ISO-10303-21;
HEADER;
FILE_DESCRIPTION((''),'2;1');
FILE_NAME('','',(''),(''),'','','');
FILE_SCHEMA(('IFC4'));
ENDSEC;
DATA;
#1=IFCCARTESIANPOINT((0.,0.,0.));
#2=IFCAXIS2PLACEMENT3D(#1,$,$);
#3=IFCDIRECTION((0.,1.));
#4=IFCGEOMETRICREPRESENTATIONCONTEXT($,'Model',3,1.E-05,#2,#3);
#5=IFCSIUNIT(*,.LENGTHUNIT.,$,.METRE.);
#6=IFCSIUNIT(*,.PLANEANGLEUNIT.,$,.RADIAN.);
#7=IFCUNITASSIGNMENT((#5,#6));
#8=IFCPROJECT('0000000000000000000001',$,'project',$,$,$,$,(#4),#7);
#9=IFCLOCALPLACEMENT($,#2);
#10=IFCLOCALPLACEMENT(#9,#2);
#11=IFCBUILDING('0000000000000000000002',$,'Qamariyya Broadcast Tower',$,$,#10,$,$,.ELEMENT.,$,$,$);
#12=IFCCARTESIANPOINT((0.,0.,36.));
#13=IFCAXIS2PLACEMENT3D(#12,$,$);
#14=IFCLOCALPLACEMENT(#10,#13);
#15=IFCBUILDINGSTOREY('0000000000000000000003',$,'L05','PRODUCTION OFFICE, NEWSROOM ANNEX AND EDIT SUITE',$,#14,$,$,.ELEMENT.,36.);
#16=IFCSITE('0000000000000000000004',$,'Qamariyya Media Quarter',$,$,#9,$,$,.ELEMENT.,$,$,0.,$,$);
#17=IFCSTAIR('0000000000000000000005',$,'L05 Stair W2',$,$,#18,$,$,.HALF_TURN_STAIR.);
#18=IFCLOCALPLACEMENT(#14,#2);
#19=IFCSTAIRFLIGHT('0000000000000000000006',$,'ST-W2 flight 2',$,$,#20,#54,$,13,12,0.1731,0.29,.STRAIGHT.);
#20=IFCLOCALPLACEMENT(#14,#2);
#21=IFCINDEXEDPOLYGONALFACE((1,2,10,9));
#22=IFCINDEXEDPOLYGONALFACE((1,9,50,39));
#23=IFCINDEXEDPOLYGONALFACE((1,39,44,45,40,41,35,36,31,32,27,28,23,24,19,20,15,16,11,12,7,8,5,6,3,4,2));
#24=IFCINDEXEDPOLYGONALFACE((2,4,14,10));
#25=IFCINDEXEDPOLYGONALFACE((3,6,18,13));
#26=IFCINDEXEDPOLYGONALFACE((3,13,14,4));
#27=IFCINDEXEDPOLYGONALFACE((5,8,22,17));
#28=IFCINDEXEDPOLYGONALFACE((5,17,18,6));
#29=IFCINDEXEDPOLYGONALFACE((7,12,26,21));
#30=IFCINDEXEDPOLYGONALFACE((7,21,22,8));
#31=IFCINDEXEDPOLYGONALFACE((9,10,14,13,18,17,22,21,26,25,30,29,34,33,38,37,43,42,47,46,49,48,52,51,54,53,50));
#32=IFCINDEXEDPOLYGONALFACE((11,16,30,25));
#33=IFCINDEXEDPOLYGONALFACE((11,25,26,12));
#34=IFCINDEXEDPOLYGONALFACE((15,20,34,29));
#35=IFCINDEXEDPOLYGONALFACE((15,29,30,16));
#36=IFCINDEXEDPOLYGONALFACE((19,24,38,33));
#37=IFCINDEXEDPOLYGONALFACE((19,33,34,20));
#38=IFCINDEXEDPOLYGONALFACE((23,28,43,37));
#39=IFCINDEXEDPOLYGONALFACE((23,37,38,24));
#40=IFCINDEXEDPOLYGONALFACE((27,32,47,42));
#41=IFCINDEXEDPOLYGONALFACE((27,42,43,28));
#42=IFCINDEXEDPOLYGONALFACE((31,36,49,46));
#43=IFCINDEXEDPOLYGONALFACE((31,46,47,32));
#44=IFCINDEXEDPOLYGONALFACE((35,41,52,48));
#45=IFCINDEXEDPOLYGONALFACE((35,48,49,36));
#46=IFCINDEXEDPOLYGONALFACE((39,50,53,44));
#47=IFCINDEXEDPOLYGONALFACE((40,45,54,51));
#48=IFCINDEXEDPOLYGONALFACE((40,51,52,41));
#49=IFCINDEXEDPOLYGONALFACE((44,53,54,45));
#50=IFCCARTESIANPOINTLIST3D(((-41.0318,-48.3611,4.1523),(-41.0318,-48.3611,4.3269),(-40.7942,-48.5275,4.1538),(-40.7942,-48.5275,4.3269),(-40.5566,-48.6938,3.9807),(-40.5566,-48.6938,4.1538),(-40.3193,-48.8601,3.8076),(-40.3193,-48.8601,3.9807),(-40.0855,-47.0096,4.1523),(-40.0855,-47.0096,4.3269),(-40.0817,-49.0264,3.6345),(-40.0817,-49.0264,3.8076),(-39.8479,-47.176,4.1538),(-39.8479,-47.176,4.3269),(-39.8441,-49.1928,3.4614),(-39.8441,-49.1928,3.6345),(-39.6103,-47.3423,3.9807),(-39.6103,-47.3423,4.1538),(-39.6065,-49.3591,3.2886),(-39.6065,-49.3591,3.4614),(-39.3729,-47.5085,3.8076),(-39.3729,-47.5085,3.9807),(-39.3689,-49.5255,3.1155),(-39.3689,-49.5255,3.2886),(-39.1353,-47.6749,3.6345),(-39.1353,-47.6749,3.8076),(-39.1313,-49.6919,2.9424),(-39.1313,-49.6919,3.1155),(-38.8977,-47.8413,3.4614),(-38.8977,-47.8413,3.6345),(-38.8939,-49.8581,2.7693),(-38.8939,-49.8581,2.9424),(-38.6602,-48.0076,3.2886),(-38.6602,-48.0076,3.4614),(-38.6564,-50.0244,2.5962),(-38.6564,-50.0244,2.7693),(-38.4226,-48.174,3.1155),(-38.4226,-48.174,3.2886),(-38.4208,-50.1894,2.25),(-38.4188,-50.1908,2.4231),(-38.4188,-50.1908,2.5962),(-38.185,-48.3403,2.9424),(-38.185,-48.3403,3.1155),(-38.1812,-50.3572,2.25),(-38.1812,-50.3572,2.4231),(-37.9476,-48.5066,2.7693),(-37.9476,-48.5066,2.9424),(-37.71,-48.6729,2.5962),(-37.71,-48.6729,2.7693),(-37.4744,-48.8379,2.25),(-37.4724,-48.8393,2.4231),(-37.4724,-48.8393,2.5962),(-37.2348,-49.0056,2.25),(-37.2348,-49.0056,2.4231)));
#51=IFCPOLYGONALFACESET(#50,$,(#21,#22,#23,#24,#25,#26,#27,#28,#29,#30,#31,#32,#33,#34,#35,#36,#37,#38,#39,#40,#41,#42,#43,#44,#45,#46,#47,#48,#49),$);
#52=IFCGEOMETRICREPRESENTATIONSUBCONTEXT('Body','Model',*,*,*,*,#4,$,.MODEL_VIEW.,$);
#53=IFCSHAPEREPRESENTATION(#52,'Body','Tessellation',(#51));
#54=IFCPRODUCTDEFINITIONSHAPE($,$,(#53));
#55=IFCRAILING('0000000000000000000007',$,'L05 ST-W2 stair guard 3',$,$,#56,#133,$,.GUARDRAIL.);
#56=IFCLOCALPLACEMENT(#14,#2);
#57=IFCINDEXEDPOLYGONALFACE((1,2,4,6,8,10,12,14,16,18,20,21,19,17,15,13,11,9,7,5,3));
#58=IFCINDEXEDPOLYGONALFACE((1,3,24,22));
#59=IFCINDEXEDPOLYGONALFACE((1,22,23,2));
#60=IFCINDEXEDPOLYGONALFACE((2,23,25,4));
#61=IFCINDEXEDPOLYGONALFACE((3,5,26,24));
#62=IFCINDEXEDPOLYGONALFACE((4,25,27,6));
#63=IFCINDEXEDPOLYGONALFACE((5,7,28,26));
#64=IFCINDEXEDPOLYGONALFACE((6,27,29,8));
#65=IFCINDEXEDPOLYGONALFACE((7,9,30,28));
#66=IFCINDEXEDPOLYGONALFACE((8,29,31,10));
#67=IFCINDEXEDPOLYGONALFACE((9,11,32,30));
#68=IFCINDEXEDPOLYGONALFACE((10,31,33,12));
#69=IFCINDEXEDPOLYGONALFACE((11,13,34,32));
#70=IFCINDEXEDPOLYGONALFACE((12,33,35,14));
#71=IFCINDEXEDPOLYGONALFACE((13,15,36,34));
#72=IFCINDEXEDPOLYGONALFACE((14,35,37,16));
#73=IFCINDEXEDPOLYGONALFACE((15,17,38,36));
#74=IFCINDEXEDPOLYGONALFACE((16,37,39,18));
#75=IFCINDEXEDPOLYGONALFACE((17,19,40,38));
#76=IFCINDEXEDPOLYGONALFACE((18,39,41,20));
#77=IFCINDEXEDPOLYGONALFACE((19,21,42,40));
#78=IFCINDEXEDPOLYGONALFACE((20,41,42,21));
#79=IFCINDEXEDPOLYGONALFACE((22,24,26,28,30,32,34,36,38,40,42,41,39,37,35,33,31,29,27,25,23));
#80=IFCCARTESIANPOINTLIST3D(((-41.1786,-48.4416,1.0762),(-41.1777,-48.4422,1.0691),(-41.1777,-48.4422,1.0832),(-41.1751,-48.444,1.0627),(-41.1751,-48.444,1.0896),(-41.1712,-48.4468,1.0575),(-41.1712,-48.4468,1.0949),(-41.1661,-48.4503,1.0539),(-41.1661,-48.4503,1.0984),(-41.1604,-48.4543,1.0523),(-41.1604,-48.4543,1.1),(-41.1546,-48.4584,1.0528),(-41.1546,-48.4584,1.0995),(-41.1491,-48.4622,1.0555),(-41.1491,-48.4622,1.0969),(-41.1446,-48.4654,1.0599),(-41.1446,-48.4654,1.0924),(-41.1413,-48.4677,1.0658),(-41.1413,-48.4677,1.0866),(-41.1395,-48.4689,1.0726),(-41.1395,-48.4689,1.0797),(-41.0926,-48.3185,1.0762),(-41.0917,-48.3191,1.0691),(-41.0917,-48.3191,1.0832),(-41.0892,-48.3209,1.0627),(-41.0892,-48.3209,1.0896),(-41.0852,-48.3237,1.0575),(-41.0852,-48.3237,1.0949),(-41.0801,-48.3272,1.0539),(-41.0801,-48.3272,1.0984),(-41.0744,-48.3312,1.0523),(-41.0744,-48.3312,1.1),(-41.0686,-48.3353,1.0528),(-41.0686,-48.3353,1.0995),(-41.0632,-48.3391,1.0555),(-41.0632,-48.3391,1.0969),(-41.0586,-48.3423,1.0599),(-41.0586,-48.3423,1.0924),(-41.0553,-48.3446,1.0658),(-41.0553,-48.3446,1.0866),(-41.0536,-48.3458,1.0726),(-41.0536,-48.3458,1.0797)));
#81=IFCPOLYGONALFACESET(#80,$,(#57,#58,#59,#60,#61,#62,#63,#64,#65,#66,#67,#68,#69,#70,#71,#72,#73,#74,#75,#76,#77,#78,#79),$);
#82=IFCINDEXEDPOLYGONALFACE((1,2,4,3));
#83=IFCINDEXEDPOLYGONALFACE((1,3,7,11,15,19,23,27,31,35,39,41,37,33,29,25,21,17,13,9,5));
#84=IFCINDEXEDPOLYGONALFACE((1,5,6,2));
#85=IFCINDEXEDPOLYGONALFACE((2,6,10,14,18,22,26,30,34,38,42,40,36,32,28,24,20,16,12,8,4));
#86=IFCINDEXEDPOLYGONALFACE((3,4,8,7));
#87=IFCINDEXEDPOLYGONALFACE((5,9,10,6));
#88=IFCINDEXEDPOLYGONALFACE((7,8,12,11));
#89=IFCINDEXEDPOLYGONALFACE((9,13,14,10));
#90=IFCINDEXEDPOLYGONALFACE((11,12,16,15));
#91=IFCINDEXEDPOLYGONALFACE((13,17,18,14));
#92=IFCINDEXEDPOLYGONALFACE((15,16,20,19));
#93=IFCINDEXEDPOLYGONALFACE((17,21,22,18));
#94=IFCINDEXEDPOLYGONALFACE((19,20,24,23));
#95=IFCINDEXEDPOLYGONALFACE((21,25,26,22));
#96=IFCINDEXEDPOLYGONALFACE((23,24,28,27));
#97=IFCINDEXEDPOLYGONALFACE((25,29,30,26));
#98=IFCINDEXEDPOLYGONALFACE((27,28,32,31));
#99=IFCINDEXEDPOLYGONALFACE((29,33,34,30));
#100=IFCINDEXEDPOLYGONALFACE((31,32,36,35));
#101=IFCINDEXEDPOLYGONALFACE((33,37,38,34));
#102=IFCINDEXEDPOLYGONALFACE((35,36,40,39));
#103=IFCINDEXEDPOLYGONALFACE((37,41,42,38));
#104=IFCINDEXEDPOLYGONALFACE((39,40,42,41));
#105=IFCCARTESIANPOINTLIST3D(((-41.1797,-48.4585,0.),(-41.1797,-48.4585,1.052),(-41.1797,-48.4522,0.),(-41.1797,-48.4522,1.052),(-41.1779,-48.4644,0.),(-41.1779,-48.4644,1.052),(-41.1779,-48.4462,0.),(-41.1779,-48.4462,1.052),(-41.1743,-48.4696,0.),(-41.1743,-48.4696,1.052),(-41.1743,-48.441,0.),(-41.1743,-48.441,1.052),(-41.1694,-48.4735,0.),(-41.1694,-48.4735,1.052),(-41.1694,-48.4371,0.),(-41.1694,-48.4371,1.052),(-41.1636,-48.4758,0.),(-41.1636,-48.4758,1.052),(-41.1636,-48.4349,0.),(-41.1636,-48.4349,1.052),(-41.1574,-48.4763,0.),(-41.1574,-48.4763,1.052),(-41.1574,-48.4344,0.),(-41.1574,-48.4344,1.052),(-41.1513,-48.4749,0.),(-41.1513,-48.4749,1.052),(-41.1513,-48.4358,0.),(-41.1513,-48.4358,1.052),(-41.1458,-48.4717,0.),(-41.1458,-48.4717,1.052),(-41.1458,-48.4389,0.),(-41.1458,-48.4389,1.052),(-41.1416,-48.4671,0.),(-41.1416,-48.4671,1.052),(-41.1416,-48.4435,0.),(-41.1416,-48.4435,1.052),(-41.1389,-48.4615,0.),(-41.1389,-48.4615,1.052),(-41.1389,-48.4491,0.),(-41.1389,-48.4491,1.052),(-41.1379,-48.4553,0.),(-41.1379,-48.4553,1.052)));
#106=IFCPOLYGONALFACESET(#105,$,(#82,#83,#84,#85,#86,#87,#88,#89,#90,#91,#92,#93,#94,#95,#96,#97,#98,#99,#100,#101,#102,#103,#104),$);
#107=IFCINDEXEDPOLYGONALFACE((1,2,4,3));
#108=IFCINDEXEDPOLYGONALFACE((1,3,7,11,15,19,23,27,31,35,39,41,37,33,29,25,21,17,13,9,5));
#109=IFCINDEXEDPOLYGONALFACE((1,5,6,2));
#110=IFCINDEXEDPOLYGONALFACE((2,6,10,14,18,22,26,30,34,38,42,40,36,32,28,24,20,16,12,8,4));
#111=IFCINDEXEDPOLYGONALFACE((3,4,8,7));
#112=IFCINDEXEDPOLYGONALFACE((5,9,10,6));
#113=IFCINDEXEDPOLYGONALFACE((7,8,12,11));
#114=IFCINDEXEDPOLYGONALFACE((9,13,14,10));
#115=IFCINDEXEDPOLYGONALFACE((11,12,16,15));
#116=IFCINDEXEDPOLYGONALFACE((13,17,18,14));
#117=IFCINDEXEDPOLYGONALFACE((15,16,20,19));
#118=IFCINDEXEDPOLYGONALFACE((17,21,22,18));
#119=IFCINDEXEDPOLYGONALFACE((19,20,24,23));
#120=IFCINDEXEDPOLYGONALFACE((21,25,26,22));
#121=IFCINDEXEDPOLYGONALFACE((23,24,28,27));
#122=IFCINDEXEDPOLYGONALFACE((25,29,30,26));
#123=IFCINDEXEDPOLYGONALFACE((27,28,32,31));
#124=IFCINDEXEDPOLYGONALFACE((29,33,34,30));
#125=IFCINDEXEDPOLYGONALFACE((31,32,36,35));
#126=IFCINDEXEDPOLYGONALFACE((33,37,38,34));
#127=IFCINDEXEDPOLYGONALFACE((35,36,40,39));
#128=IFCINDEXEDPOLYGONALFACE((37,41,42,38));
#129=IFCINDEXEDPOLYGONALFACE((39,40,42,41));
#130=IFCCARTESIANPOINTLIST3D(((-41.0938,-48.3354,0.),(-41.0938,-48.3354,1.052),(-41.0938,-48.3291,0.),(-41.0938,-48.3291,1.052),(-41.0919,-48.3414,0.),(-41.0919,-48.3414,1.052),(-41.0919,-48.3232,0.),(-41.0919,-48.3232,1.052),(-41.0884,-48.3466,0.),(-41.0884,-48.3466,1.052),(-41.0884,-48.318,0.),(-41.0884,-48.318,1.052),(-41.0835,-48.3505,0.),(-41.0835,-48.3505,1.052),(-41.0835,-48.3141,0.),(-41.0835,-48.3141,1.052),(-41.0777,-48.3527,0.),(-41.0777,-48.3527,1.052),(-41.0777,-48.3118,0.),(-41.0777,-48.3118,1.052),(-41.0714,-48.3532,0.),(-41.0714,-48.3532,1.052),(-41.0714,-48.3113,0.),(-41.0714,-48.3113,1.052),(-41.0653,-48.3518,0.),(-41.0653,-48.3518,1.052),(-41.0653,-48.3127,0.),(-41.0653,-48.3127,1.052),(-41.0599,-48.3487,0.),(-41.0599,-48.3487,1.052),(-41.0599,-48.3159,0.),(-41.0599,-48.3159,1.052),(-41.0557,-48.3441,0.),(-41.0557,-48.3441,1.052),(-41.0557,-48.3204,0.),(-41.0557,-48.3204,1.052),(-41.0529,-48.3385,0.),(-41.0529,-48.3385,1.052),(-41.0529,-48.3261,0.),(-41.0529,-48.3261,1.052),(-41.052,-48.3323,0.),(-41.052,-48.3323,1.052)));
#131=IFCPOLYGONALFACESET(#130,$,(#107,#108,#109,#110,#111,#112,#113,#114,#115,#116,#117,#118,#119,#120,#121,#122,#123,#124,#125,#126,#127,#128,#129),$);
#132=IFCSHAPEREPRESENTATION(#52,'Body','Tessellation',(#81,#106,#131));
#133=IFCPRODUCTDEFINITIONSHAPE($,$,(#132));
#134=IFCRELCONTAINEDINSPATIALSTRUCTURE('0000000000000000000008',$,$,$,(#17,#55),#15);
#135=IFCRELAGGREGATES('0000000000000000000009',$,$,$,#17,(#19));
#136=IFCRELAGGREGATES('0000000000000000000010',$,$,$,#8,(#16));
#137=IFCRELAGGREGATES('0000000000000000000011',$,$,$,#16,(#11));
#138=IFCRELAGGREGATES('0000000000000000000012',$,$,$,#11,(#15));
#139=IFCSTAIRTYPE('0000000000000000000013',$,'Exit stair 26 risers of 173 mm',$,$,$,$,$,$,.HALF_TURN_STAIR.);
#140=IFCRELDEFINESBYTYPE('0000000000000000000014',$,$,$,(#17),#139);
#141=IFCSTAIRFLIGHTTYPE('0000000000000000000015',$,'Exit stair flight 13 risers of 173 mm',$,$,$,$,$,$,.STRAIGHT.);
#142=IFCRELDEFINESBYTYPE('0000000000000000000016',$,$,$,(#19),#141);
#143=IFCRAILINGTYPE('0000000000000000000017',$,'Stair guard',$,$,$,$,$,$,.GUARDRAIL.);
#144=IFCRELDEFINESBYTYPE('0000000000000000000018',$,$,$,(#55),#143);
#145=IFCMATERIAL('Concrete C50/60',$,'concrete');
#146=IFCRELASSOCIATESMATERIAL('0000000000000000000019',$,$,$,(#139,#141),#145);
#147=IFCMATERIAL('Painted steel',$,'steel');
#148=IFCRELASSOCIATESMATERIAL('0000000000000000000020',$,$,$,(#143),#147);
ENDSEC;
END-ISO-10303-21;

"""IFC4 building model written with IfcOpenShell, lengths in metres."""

from ifc_helpers import new_model, si_unit, direction, frame, origin, origin_2d, place, context, subcontext, project, spatial, polyline, circle, outline, extrude, material, type_object, element, aggregate, save


model = new_model("IFC4")

# Units and contexts
model_context = context("Model", 3, precision=1e-05, world=origin(), true_north=direction((0.0, 1.0)))
body_context = subcontext(model_context, "Body", "Model", "MODEL_VIEW")
ifc_project = project(units=[si_unit("LENGTHUNIT", "METRE"), si_unit("PLANEANGLEUNIT", "RADIAN")], contexts=[model_context])

# Site, building, storey
site_placement = place(None, origin())
site = spatial("IfcSite", under=ifc_project, at=site_placement, Name="Qamariyya Media Quarter", CompositionType="ELEMENT", RefElevation=0.0)
building_placement = place(site_placement, origin())
building = spatial("IfcBuilding", under=site, at=building_placement, Name="Qamariyya Broadcast Tower", CompositionType="ELEMENT")
storey_placement = place(building_placement, frame((0.0, 0.0, 36.0)))
storey = spatial("IfcBuildingStorey", under=building, at=storey_placement, Name="L05", Description="PRODUCTION OFFICE, NEWSROOM ANNEX AND EDIT SUITE", CompositionType="ELEMENT", Elevation=36.0)

# Shared definitions
ifc_material_1 = material(Name="Concrete C50/60", Category="concrete")

# Stair, stair flight
stair_type = type_object("IfcStairType", Name="Exit stair 26 risers of 173 mm", PredefinedType="HALF_TURN_STAIR", material=ifc_material_1)
stair_placement = place(storey_placement, origin())
stair = element("IfcStair", 1, at=stair_placement, inside=storey, type_object=stair_type, Name="L05 Stair W2", PredefinedType="HALF_TURN_STAIR")
stair_flight_type = type_object("IfcStairFlightType", Name="Exit stair flight 13 risers of 173 mm", PredefinedType="STRAIGHT", material=ifc_material_1)
stair_flight_1_placement = place(storey_placement, frame((-37.708, -49.6814, 2.25), z_axis=(0.0, 0.0, 1.0), x_axis=(-0.819152, 0.573576, 0.0)))
stair_flight_1 = element("IfcStairFlight", 2, at=stair_flight_1_placement, type_object=stair_flight_type, Name="ST-W2 flight 2", NumberOfRisers=13, NumberOfTreads=12, PredefinedType="STRAIGHT", RiserHeight=0.1731, TreadLength=0.29, context=body_context, shape_type="SweptSolid", body=[
    extrude(outline(polyline([(0.0, 0.0), (0.0, 0.1731), (0.29, 0.1731), (0.29, 0.3462), (0.5801, 0.3462), (0.5801, 0.5193), (0.8701, 0.5193), (0.8701, 0.6924), (1.1599, 0.6924), (1.1599, 0.8655), (1.45, 0.8655), (1.45, 1.0386), (1.74, 1.0386), (1.74, 1.2114), (2.03, 1.2114), (2.03, 1.3845), (2.3201, 1.3845), (2.3201, 1.5576), (2.6101, 1.5576), (2.6101, 1.7307), (2.8999, 1.7307), (2.8999, 1.9038), (3.1899, 1.9038), (3.1899, 2.0769), (3.48, 2.0769), (3.48, 2.25), (3.48, 1.9023), (0.2925, 0.0), (0.0, 0.0)])), frame((0.0, 0.825, 0.0), z_axis=(0.0, -1.0, 0.0), x_axis=(1.0, 0.0, 0.0)), (0.0, 0.0, 1.0), 1.6499),
])
aggregate(stair, [stair_flight_1])

# Railing
ifc_material_2 = material(Name="Painted steel", Category="steel")
railing_type_1 = type_object("IfcRailingType", Name="Stair guard", PredefinedType="GUARDRAIL", material=ifc_material_2)
railing_1_placement = place(storey_placement, frame((-41.1589, -48.4553, 0.0)))
element("IfcRailing", 3, at=railing_1_placement, inside=storey, type_object=railing_type_1, Name="L05 ST-W2 stair guard 3", PredefinedType="GUARDRAIL", context=body_context, shape_type="SweptSolid", body=[
    extrude(circle(Radius=0.0239, at=origin_2d()), frame((0.0, 0.0, 1.0762), z_axis=(0.572589, 0.819843, 0.0), x_axis=(-0.819843, 0.572589, 0.0)), (0.0, 0.0, 1.0), 0.1501),
    extrude(circle(Radius=0.021, at=origin_2d()), origin(), (0.0, 0.0, 1.0), 1.052),
    extrude(circle(Radius=0.021, at=origin_2d()), frame((0.0859, 0.123, 0.0)), (0.0, 0.0, 1.0), 1.052),
])

save(model, "model.ifc")
